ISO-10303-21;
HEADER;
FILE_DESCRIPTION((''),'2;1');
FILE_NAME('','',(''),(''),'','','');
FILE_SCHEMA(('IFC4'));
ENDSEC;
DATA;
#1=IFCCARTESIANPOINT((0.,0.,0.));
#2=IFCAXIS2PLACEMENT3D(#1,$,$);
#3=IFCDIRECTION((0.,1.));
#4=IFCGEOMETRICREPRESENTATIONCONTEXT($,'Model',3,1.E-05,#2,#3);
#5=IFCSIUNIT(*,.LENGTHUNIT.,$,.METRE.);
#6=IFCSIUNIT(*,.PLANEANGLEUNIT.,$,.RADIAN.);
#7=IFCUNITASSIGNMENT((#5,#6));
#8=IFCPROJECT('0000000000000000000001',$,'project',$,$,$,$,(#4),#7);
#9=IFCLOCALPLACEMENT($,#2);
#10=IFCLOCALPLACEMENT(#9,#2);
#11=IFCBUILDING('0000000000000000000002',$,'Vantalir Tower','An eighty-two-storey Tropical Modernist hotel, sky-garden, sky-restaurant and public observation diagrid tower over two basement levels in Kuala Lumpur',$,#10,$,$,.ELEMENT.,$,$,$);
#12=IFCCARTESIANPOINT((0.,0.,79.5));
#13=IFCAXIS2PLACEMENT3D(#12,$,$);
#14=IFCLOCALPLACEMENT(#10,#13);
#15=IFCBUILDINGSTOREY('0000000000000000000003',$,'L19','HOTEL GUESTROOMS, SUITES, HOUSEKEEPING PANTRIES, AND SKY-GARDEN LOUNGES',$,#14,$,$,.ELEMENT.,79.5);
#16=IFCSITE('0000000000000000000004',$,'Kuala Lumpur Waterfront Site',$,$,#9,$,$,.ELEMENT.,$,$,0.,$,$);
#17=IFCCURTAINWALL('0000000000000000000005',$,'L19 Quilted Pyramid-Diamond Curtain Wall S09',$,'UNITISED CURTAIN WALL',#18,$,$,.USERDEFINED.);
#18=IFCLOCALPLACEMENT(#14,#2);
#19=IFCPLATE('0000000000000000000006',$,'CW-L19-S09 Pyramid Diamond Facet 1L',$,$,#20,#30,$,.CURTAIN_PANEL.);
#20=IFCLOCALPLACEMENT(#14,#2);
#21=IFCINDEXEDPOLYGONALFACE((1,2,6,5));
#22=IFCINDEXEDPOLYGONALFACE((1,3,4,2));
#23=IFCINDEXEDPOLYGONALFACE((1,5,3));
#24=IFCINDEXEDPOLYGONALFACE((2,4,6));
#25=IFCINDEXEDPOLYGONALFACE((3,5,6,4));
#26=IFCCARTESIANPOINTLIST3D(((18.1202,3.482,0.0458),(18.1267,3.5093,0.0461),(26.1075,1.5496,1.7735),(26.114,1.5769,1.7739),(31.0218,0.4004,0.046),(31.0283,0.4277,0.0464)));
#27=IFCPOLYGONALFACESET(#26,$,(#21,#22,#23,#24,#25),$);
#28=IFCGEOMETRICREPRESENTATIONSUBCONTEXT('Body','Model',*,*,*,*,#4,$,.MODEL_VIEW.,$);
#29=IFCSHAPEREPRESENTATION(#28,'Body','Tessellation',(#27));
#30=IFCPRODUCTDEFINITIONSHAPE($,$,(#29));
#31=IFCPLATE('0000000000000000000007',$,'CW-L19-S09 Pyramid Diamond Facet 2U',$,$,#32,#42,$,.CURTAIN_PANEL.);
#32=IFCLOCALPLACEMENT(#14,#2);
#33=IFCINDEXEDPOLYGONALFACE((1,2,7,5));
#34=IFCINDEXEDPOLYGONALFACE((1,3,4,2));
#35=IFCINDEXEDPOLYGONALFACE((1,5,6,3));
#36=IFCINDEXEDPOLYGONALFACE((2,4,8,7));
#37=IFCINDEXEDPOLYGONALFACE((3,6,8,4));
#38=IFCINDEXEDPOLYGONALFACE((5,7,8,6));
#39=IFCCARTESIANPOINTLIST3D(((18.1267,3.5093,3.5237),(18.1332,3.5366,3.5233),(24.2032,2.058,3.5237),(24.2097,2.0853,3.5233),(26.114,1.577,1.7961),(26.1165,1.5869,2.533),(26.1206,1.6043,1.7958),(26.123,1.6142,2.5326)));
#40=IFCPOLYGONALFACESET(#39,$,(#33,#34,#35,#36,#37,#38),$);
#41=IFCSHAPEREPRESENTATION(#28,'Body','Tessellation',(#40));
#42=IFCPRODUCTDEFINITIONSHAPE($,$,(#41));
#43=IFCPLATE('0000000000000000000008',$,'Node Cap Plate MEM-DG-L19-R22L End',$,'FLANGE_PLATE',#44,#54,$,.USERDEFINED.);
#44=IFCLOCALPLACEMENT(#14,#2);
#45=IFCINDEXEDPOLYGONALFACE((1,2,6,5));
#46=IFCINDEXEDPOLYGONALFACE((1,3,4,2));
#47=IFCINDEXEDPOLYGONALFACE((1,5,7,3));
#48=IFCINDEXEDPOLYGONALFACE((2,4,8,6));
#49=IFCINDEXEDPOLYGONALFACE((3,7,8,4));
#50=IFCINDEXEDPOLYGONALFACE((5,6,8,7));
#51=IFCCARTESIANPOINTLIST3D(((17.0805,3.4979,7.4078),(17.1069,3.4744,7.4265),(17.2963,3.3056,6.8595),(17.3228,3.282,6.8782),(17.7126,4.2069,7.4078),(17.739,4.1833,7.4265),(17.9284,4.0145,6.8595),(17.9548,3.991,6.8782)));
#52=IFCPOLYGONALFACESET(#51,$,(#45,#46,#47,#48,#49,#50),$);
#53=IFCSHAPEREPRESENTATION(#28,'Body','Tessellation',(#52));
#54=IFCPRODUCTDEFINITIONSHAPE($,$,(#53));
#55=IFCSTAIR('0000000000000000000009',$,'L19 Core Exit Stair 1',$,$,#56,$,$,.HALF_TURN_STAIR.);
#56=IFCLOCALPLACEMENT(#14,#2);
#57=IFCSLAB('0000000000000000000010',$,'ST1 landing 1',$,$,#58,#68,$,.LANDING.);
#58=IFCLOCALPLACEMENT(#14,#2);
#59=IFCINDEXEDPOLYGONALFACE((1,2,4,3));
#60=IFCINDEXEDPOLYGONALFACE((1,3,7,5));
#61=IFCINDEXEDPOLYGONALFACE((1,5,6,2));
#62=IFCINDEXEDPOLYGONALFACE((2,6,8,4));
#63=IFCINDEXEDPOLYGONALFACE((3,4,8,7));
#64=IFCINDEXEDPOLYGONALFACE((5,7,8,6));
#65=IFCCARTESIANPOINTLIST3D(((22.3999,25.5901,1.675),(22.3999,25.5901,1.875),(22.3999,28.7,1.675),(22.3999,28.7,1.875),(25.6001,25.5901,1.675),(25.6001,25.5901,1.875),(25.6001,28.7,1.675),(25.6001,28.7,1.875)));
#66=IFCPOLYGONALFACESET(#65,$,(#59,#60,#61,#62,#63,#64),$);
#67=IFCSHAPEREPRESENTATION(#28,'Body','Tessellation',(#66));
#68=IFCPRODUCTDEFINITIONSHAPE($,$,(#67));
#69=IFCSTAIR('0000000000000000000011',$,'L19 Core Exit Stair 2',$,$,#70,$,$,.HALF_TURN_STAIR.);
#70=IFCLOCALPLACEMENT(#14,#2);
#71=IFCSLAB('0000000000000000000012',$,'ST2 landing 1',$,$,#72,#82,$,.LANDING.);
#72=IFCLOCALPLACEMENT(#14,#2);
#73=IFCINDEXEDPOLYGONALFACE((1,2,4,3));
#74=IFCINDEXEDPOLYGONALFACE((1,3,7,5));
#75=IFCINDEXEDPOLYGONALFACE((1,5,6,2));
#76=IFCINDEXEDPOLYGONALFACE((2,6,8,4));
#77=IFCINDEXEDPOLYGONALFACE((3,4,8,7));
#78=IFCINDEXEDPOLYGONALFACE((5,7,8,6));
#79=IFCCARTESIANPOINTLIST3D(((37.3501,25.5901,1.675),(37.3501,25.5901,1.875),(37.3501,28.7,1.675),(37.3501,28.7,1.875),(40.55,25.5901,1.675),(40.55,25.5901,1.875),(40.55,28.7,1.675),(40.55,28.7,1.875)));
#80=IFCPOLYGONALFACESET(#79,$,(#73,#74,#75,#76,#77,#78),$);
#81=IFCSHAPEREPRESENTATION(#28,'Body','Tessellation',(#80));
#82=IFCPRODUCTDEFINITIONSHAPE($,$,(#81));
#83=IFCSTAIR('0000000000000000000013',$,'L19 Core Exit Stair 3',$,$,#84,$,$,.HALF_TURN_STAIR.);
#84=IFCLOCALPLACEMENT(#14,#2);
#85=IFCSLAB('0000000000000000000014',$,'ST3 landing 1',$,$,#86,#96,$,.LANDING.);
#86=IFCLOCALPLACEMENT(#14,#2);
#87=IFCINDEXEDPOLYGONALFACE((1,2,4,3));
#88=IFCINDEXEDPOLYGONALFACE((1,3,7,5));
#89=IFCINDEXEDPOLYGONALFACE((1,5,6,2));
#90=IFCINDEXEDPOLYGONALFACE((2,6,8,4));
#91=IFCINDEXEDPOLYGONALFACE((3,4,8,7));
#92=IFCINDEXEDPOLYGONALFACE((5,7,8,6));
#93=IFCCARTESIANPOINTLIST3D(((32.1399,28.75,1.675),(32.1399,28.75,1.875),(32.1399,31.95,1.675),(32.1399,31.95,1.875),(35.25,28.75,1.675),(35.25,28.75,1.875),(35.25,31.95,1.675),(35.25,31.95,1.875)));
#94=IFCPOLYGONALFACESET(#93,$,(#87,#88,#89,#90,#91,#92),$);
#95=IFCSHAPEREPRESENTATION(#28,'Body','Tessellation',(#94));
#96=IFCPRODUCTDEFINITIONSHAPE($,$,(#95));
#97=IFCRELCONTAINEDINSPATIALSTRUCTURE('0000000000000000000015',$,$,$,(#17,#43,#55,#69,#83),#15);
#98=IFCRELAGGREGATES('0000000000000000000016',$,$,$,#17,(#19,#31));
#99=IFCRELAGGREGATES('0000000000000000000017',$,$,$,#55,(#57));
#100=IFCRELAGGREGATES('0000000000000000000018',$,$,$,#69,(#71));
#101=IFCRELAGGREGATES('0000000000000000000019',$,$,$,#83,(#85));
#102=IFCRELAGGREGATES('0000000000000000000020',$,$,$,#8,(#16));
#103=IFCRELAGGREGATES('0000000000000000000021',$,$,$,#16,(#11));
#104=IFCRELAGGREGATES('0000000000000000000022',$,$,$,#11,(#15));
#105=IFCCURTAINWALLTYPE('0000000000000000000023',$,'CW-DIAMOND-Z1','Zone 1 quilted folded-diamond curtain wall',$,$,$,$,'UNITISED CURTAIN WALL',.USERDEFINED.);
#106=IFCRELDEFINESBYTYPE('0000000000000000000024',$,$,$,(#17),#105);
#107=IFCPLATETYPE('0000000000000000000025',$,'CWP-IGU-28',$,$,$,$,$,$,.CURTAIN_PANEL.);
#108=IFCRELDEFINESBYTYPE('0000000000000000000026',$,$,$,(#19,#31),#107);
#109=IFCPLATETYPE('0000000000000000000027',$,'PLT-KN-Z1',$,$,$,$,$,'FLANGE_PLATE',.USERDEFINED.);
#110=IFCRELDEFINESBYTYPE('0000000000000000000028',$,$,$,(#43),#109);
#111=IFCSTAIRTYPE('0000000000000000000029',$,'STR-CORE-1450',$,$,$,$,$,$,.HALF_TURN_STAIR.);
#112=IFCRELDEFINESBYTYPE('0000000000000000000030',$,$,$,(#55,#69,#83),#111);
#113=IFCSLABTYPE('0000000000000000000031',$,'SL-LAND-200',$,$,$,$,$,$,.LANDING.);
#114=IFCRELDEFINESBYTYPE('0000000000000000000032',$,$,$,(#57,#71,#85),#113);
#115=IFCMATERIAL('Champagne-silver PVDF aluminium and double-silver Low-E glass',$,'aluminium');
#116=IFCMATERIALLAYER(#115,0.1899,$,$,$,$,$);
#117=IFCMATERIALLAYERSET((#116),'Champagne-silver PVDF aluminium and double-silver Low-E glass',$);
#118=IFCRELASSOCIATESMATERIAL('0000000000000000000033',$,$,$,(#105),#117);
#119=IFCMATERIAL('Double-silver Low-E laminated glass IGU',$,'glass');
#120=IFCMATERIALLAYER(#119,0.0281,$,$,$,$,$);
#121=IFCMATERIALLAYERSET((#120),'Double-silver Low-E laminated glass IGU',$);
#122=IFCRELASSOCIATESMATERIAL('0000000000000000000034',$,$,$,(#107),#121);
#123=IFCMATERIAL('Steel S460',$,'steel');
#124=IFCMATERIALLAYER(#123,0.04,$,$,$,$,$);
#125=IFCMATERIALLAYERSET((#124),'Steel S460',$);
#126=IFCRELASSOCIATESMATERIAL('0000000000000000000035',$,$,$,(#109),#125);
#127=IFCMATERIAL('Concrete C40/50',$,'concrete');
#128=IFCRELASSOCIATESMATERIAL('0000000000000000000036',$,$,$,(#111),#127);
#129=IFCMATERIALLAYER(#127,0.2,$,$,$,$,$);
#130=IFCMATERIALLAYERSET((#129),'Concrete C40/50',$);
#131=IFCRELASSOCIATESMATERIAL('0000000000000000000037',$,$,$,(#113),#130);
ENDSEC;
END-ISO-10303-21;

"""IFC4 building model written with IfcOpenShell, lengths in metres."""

from ifc_helpers import new_model, si_unit, direction, frame, origin, place, context, subcontext, project, spatial, polyline, outline, extrude, material, layer, layer_set, type_object, element, aggregate, save


model = new_model("IFC4")

# Units and contexts
model_context = context("Model", 3, precision=1e-05, world=origin(), true_north=direction((0.0, 1.0)))
body_context = subcontext(model_context, "Body", "Model", "MODEL_VIEW")
ifc_project = project(units=[si_unit("LENGTHUNIT", "METRE"), si_unit("PLANEANGLEUNIT", "RADIAN")], contexts=[model_context])

# Site, building, storey
site_placement = place(None, origin())
site = spatial("IfcSite", under=ifc_project, at=site_placement, Name="Kuala Lumpur Waterfront Site", CompositionType="ELEMENT", RefElevation=0.0)
building_placement = place(site_placement, origin())
building = spatial("IfcBuilding", under=site, at=building_placement, Name="Vantalir Tower", Description="An eighty-two-storey Tropical Modernist hotel, sky-garden, sky-restaurant and public observation diagrid tower over two basement levels in Kuala Lumpur", CompositionType="ELEMENT")
storey_placement = place(building_placement, frame((0.0, 0.0, 79.5)))
storey = spatial("IfcBuildingStorey", under=building, at=storey_placement, Name="L19", Description="HOTEL GUESTROOMS, SUITES, HOUSEKEEPING PANTRIES, AND SKY-GARDEN LOUNGES", CompositionType="ELEMENT", Elevation=79.5)

# Shared definitions
ifc_material_1 = material(Name="Steel S460", Category="steel")

# Shared definitions
ifc_material_2 = material(Name="Champagne-silver PVDF aluminium and double-silver Low-E glass", Category="aluminium")
ifc_layer_1 = layer(ifc_material_2, 0.1899)
ifc_layer_set_1 = layer_set([ifc_layer_1], Name="Champagne-silver PVDF aluminium and double-silver Low-E glass")
curtain_wall_type = type_object("IfcCurtainWallType", Name="CW-DIAMOND-Z1", Description="Zone 1 quilted folded-diamond curtain wall", ElementType="UNITISED CURTAIN WALL", PredefinedType="USERDEFINED", material=ifc_layer_set_1)

# Curtain wall, plates
curtain_wall_1_placement = place(storey_placement, origin())
curtain_wall_1 = element("IfcCurtainWall", 1, at=curtain_wall_1_placement, inside=storey, type_object=curtain_wall_type, Name="L19 Quilted Pyramid-Diamond Curtain Wall S09", ObjectType="UNITISED CURTAIN WALL", PredefinedType="USERDEFINED")
ifc_material_3 = material(Name="Double-silver Low-E laminated glass IGU", Category="glass")
ifc_layer_2 = layer(ifc_material_3, 0.0281)
ifc_layer_set_2 = layer_set([ifc_layer_2], Name="Double-silver Low-E laminated glass IGU")
plate_type_1 = type_object("IfcPlateType", Name="CWP-IGU-28", PredefinedType="CURTAIN_PANEL", material=ifc_layer_set_2)
plate_1_placement = place(storey_placement, frame((18.1267, 3.5093, 0.0461), z_axis=(0.232292, 0.972547, 0.013854), x_axis=(0.972641, -0.232315, 0.000018)))
plate_1 = element("IfcPlate", 2, at=plate_1_placement, type_object=plate_type_1, Name="CW-L19-S09 Pyramid Diamond Facet 1L", PredefinedType="CURTAIN_PANEL", context=body_context, shape_type="SweptSolid", body=[
    extrude(outline(polyline([(0.0, 0.0), (13.2645, 0.0), (8.2177, -1.7278), (0.0, 0.0)])), origin(), (0.0, 0.0, -1.0), 0.0281),
])
plate_2_placement = place(storey_placement, frame((18.1267, 3.5093, 3.5237), z_axis=(-0.232285, -0.97255, 0.013826), x_axis=(0.972643, -0.232307, 0.0)))
plate_2 = element("IfcPlate", 3, at=plate_2_placement, type_object=plate_type_1, Name="CW-L19-S09 Pyramid Diamond Facet 2U", PredefinedType="CURTAIN_PANEL", context=body_context, shape_type="SweptSolid", body=[
    extrude(outline(polyline([(0.0, 0.0), (6.2474, 0.0), (8.2177, -0.9908), (8.2177, -1.7277), (0.0, 0.0)])), origin(), (0.0, 0.0, -1.0), 0.0281),
])
aggregate(curtain_wall_1, [plate_1, plate_2])

# Plate
ifc_layer_3 = layer(ifc_material_1, 0.04)
ifc_layer_set_3 = layer_set([ifc_layer_3], Name="Steel S460")
plate_type_2 = type_object("IfcPlateType", Name="PLT-KN-Z1", ElementType="FLANGE_PLATE", PredefinedType="USERDEFINED", material=ifc_layer_set_3)
plate_3_placement = place(storey_placement, frame((17.3228, 3.282, 6.8782), z_axis=(0.660272, -0.588652, 0.466402), x_axis=(0.665464, 0.74643, 0.0)))
element("IfcPlate", 4, at=plate_3_placement, inside=storey, type_object=plate_type_2, Name="Node Cap Plate MEM-DG-L19-R22L End", ObjectType="FLANGE_PLATE", PredefinedType="USERDEFINED", context=body_context, shape_type="SweptSolid", body=[
    extrude(outline(polyline([(0.0, 0.0), (0.9498, 0.0), (0.9498, 0.6199), (0.0, 0.6199), (0.0, 0.0)])), origin(), (0.0, 0.0, -1.0), 0.04),
])

# Stairs, slabs
ifc_material_4 = material(Name="Concrete C40/50", Category="concrete")
stair_type = type_object("IfcStairType", Name="STR-CORE-1450", PredefinedType="HALF_TURN_STAIR", material=ifc_material_4)
stair_1_placement = place(storey_placement, origin())
stair_1 = element("IfcStair", 5, at=stair_1_placement, inside=storey, type_object=stair_type, Name="L19 Core Exit Stair 1", PredefinedType="HALF_TURN_STAIR")
ifc_layer_4 = layer(ifc_material_4, 0.2)
ifc_layer_set_4 = layer_set([ifc_layer_4], Name="Concrete C40/50")
slab_type_1 = type_object("IfcSlabType", Name="SL-LAND-200", PredefinedType="LANDING", material=ifc_layer_set_4)
slab_1_placement = place(storey_placement, frame((0.0, 0.0, 1.675)))
slab_1 = element("IfcSlab", 6, at=slab_1_placement, type_object=slab_type_1, Name="ST1 landing 1", PredefinedType="LANDING", context=body_context, shape_type="SweptSolid", body=[
    extrude(outline(polyline([(25.6001, 25.5901), (25.6001, 28.7), (22.3999, 28.7), (22.3999, 25.5901), (25.6001, 25.5901)])), origin(), (0.0, 0.0, 1.0), 0.2),
])
aggregate(stair_1, [slab_1])
stair_2_placement = place(storey_placement, origin())
stair_2 = element("IfcStair", 7, at=stair_2_placement, inside=storey, type_object=stair_type, Name="L19 Core Exit Stair 2", PredefinedType="HALF_TURN_STAIR")
slab_2_placement = place(storey_placement, frame((0.0, 0.0, 1.675)))
slab_2 = element("IfcSlab", 8, at=slab_2_placement, type_object=slab_type_1, Name="ST2 landing 1", PredefinedType="LANDING", context=body_context, shape_type="SweptSolid", body=[
    extrude(outline(polyline([(40.55, 25.5901), (40.55, 28.7), (37.3501, 28.7), (37.3501, 25.5901), (40.55, 25.5901)])), origin(), (0.0, 0.0, 1.0), 0.2),
])
aggregate(stair_2, [slab_2])
stair_3_placement = place(storey_placement, origin())
stair_3 = element("IfcStair", 9, at=stair_3_placement, inside=storey, type_object=stair_type, Name="L19 Core Exit Stair 3", PredefinedType="HALF_TURN_STAIR")
slab_3_placement = place(storey_placement, frame((0.0, 0.0, 1.675)))
slab_3 = element("IfcSlab", 10, at=slab_3_placement, type_object=slab_type_1, Name="ST3 landing 1", PredefinedType="LANDING", context=body_context, shape_type="SweptSolid", body=[
    extrude(outline(polyline([(32.1399, 28.75), (35.25, 28.75), (35.25, 31.95), (32.1399, 31.95), (32.1399, 28.75)])), origin(), (0.0, 0.0, 1.0), 0.2),
])
aggregate(stair_3, [slab_3])

save(model, "model.ifc")
